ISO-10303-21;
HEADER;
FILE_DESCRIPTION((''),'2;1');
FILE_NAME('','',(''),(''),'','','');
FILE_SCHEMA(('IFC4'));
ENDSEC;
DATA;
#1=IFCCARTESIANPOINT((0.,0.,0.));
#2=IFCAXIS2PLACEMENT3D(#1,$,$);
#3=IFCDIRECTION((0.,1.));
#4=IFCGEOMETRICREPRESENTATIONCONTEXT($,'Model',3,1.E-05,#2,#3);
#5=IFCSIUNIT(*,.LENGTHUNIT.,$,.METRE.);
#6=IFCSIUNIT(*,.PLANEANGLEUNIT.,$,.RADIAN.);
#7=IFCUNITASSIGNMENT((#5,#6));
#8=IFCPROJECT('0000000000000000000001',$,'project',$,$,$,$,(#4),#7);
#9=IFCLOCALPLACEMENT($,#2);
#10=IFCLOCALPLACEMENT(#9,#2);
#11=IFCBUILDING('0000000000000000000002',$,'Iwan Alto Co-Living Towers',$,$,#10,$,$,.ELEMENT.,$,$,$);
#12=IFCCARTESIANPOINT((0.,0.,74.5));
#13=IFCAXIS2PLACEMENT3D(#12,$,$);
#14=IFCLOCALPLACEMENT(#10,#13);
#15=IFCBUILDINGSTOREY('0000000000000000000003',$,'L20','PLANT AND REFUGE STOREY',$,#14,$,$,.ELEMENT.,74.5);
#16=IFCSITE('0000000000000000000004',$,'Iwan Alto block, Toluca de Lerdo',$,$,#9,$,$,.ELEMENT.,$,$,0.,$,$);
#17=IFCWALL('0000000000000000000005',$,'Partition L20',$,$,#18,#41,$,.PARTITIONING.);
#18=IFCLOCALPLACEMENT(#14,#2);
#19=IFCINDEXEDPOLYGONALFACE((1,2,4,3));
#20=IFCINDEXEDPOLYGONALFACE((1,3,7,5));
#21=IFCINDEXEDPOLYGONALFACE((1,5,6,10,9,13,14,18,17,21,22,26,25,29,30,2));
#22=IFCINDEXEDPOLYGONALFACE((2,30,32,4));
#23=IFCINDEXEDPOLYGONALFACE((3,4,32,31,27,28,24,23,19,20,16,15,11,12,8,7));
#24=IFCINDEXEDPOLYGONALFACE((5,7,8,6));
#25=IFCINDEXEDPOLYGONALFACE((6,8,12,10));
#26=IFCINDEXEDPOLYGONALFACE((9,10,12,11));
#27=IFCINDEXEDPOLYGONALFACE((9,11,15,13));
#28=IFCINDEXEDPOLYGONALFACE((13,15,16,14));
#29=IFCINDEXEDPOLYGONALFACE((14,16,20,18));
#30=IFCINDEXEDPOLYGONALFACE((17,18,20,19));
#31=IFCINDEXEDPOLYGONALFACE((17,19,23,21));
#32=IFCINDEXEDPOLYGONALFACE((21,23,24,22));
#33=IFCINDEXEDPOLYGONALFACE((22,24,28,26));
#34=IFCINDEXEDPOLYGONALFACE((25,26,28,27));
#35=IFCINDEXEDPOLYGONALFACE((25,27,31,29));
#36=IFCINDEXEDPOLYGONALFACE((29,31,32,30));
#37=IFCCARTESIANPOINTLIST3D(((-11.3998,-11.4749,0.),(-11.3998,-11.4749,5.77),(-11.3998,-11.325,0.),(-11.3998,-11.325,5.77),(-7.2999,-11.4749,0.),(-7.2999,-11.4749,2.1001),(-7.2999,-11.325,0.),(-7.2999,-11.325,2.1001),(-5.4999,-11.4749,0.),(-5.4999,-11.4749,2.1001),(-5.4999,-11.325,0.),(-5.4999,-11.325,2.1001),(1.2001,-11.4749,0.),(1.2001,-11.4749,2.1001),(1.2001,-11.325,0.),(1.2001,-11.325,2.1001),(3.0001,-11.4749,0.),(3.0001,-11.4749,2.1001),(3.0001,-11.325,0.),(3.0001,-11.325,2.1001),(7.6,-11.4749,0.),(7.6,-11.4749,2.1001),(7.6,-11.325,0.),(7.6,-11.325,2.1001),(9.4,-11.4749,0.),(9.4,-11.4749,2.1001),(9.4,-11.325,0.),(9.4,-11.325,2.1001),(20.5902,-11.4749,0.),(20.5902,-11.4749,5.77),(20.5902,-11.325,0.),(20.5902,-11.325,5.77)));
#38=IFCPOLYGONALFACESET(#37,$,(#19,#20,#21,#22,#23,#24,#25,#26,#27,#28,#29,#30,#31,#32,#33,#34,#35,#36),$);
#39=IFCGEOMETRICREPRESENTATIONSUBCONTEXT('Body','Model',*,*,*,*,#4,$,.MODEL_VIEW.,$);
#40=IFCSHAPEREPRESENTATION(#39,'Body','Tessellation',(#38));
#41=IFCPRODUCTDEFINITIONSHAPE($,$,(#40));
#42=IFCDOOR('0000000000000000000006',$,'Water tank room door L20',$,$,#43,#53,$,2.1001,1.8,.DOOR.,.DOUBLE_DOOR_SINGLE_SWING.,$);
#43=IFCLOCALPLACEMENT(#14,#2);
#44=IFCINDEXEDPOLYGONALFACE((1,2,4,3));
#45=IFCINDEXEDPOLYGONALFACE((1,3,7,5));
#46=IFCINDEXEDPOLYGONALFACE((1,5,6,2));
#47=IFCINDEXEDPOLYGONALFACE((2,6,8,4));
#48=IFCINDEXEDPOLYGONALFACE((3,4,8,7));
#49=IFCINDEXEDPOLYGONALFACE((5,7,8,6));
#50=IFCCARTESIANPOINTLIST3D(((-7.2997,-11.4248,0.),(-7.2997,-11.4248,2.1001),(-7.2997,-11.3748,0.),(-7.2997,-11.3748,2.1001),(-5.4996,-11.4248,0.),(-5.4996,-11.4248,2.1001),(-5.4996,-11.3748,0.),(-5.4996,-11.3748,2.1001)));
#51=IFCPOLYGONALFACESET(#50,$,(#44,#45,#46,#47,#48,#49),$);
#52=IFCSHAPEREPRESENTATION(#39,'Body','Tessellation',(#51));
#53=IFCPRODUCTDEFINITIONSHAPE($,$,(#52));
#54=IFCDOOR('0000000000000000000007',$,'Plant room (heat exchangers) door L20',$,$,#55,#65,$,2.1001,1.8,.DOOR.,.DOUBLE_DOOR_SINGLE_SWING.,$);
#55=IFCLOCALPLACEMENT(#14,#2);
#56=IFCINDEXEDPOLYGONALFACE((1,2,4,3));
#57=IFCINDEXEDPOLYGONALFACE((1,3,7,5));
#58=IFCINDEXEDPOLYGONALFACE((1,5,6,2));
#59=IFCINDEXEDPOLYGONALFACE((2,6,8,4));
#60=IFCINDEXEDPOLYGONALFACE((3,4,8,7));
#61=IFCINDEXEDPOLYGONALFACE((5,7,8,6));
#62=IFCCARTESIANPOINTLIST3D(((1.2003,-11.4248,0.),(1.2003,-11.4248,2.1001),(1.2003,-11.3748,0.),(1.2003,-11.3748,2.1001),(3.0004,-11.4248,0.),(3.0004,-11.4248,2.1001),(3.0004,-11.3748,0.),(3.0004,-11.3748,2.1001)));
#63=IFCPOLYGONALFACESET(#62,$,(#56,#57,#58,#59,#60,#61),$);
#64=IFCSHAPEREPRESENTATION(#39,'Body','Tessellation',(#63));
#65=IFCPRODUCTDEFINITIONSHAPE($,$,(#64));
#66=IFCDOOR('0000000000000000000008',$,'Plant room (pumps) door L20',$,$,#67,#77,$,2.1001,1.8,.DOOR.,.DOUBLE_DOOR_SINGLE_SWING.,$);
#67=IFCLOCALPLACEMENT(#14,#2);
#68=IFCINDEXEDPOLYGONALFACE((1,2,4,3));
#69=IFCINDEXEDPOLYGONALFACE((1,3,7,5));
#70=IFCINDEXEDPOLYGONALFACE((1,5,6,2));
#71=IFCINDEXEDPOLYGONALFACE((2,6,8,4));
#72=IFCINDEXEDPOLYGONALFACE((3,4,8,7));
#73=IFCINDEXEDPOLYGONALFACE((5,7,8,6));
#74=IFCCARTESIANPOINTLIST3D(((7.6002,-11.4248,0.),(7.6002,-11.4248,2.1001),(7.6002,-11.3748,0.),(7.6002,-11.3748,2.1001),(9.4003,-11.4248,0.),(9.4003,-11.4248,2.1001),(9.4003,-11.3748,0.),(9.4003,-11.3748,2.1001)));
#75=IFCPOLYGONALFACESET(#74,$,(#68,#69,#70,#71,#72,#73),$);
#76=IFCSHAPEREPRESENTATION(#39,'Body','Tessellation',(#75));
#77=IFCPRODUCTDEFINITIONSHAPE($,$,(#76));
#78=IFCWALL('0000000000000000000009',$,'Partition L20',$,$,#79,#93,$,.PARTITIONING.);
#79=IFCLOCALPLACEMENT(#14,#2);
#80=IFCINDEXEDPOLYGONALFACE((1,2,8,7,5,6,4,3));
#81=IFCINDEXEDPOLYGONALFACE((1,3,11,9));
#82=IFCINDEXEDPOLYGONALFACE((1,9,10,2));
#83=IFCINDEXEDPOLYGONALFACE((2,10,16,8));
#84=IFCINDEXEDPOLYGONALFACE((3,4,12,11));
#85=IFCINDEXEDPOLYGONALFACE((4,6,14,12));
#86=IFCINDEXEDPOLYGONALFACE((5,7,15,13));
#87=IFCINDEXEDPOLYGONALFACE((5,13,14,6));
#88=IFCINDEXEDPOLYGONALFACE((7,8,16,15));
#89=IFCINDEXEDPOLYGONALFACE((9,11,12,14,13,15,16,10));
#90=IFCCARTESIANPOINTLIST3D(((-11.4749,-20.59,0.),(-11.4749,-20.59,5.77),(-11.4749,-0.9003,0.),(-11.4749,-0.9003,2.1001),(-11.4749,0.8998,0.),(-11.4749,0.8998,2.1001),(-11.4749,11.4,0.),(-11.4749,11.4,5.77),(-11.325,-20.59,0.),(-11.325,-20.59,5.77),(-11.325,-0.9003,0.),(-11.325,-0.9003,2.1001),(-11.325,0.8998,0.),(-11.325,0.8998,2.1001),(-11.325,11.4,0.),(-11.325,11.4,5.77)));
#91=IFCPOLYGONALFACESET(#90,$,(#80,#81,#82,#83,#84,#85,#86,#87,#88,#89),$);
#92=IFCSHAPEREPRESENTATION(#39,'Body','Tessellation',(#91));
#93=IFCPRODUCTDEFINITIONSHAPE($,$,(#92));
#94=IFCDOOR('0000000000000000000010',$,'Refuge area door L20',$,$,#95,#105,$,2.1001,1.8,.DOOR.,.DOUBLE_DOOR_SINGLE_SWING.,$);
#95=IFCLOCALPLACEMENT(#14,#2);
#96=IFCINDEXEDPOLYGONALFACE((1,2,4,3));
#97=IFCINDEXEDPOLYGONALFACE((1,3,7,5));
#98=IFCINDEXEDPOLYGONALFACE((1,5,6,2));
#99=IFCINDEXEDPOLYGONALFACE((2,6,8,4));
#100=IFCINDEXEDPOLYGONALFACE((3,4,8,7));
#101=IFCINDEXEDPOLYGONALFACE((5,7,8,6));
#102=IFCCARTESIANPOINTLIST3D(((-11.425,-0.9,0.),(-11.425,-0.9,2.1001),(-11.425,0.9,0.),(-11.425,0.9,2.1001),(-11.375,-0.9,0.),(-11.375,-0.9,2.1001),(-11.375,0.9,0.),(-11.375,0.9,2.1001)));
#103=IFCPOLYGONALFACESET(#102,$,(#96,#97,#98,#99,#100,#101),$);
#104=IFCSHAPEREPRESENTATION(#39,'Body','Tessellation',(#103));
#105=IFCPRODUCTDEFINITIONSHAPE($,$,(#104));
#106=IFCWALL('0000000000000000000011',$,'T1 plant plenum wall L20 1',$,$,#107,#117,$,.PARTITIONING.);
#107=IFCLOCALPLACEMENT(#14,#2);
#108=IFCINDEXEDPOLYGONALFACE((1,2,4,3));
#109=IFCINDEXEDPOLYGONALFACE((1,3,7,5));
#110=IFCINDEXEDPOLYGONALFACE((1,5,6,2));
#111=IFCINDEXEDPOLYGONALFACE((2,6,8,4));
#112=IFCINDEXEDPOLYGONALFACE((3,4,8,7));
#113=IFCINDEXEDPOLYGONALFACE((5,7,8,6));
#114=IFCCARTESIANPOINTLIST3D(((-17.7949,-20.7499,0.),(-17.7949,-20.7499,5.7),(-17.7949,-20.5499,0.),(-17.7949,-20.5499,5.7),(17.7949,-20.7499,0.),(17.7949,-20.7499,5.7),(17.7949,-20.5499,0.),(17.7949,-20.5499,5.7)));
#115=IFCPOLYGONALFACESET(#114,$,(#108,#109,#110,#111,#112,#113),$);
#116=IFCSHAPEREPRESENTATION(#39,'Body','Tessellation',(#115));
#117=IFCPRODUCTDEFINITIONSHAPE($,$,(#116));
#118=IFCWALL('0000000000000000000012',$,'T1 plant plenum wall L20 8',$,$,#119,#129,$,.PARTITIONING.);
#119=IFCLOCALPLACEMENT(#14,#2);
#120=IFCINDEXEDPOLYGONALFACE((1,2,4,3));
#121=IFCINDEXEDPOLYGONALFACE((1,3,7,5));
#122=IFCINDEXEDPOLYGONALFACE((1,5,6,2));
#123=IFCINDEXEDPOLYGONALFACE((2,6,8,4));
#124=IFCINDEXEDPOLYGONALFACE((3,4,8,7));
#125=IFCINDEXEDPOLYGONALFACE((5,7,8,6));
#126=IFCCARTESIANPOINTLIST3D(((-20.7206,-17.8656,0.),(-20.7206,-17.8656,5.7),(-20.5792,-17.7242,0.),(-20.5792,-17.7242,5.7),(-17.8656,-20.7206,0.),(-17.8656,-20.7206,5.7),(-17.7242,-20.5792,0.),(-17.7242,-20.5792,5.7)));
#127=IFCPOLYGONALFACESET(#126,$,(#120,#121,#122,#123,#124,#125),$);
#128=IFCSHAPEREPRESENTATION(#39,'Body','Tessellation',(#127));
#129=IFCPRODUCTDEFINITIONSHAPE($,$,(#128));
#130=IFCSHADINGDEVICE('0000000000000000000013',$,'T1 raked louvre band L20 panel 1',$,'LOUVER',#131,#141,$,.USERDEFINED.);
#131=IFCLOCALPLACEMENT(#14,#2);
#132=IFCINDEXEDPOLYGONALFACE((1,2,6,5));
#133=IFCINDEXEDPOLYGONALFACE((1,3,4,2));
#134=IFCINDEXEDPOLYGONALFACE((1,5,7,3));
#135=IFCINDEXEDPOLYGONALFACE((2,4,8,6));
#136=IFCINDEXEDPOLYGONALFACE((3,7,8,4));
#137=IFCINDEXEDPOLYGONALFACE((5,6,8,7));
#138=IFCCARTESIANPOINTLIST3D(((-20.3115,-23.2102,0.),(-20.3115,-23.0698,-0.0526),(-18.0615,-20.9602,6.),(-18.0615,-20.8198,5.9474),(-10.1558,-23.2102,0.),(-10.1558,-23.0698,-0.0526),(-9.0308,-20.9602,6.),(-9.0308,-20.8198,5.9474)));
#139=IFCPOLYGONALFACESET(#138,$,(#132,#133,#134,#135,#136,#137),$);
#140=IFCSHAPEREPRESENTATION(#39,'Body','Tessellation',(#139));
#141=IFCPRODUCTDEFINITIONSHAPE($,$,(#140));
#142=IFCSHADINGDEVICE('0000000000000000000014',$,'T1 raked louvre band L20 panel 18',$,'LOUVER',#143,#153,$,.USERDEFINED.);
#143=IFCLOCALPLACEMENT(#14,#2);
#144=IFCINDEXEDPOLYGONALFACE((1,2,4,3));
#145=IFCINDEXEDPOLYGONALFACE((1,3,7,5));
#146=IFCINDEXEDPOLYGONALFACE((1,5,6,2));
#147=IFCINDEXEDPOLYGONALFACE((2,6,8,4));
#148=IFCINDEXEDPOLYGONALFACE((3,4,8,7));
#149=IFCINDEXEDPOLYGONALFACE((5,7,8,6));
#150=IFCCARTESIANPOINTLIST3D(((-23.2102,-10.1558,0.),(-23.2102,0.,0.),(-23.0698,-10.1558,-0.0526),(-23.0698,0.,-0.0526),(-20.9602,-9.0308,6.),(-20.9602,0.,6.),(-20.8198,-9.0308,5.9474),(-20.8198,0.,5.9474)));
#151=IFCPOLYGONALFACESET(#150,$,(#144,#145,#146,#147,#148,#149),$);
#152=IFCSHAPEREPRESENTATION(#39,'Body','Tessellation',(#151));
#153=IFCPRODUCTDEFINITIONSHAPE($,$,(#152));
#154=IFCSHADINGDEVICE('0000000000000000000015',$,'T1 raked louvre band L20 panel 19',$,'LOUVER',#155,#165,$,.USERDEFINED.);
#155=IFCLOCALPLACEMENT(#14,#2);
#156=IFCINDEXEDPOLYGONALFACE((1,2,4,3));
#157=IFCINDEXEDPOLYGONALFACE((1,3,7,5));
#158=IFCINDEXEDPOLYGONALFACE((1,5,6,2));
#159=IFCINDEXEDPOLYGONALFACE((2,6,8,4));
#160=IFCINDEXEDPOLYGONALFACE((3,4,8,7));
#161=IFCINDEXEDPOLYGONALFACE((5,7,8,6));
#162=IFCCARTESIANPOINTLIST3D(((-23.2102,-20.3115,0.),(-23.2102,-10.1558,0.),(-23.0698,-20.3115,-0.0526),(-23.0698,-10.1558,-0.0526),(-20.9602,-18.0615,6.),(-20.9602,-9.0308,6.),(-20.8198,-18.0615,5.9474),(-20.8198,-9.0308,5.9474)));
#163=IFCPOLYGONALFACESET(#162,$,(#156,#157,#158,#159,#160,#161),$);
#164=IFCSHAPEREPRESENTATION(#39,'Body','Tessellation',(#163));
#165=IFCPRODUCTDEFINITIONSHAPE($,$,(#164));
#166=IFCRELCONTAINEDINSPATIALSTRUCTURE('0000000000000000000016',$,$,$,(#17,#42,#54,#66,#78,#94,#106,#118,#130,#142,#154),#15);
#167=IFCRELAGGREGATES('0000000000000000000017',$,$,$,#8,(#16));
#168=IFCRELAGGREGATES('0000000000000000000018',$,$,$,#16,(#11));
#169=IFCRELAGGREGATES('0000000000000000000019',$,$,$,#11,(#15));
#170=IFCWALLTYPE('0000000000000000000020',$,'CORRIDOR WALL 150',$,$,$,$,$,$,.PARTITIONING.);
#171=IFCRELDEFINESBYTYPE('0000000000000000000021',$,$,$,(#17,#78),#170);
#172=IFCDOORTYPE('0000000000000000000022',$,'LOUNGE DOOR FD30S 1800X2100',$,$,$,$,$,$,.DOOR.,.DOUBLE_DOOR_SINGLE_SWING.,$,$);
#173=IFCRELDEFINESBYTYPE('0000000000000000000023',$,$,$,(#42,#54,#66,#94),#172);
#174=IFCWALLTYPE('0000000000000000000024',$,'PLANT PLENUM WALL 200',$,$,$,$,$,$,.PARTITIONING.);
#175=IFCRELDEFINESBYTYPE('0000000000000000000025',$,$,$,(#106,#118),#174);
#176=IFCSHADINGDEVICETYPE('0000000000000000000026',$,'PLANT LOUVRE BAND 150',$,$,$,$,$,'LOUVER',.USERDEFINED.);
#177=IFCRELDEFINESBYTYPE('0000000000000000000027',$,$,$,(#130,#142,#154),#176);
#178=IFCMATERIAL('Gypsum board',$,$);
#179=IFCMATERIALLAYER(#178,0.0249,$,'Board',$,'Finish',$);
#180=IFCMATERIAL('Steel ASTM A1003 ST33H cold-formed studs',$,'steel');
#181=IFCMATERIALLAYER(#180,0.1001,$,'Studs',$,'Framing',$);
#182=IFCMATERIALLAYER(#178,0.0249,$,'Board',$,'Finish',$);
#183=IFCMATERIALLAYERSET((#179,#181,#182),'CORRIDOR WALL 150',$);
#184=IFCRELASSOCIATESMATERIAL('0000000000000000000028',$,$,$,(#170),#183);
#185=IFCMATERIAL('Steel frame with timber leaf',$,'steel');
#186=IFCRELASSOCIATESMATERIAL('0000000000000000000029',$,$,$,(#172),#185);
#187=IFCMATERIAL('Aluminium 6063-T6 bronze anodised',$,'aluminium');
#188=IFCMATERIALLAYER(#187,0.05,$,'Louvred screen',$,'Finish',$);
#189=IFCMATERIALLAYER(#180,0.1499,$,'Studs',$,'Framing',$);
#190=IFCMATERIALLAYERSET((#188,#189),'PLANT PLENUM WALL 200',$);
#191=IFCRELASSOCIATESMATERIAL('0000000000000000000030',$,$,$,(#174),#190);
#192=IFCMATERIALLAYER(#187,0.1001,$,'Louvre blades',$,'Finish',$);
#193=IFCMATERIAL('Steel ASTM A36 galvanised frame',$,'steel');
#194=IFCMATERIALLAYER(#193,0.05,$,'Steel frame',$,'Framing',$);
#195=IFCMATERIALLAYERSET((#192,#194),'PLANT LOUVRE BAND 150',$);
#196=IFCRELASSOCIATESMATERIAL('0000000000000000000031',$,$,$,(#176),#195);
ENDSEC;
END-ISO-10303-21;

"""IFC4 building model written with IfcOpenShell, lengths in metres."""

from ifc_helpers import new_model, si_unit, direction, frame, frame_2d, origin, place, context, subcontext, project, spatial, polyline, rectangle, outline, extrude, material, layer, layer_set, type_object, element, fill, save


model = new_model("IFC4")

# Units and contexts
model_context = context("Model", 3, precision=1e-05, world=origin(), true_north=direction((0.0, 1.0)))
body_context = subcontext(model_context, "Body", "Model", "MODEL_VIEW")
ifc_project = project(units=[si_unit("LENGTHUNIT", "METRE"), si_unit("PLANEANGLEUNIT", "RADIAN")], contexts=[model_context])

# Site, building, storey
site_placement = place(None, origin())
site = spatial("IfcSite", under=ifc_project, at=site_placement, Name="Iwan Alto block, Toluca de Lerdo", CompositionType="ELEMENT", RefElevation=0.0)
building_placement = place(site_placement, origin())
building = spatial("IfcBuilding", under=site, at=building_placement, Name="Iwan Alto Co-Living Towers", CompositionType="ELEMENT")
storey_placement = place(building_placement, frame((0.0, 0.0, 74.5)))
storey = spatial("IfcBuildingStorey", under=building, at=storey_placement, Name="L20", Description="PLANT AND REFUGE STOREY", CompositionType="ELEMENT", Elevation=74.5)

# Wall, openings, doors
ifc_material_1 = material(Name="Gypsum board")
ifc_layer_1 = layer(ifc_material_1, 0.0249, Name="Board", Category="Finish")
ifc_material_2 = material(Name="Steel ASTM A1003 ST33H cold-formed studs", Category="steel")
ifc_layer_2 = layer(ifc_material_2, 0.1001, Name="Studs", Category="Framing")
ifc_layer_3 = layer(ifc_material_1, 0.0249, Name="Board", Category="Finish")
ifc_layer_set_1 = layer_set([ifc_layer_1, ifc_layer_2, ifc_layer_3], Name="CORRIDOR WALL 150")
wall_type_1 = type_object("IfcWallType", Name="CORRIDOR WALL 150", PredefinedType="PARTITIONING", material=ifc_layer_set_1)
wall_1_placement = place(storey_placement, frame((-11.3999, -11.3999, 0.0), z_axis=(0.0, 0.0, 1.0), x_axis=(1.0, 0.0, 0.0)))
wall_1 = element("IfcWall", 1, at=wall_1_placement, inside=storey, type_object=wall_type_1, Name="Partition L20", PredefinedType="PARTITIONING", context=body_context, shape_type="SweptSolid", body=[
    extrude(rectangle(XDim=31.99, YDim=0.1499, at=frame_2d((15.9951, 0.0))), origin(), (0.0, 0.0, 1.0), 5.77),
])
opening_1_placement = place(wall_1_placement, frame((4.1001, 0.0, 0.0)))
opening_1 = element("IfcOpeningElement", 2, at=opening_1_placement, cuts=wall_1, PredefinedType="OPENING", context=body_context, shape_type="SweptSolid", body=[
    extrude(rectangle(XDim=1.8, YDim=2.1001, at=frame_2d((0.8999, 1.05))), frame((0.0, 0.085, 0.0), z_axis=(0.0, -1.0, 0.0), x_axis=(1.0, 0.0, 0.0)), (0.0, 0.0, 1.0), 0.1699),
])
opening_2_placement = place(wall_1_placement, frame((12.6001, 0.0, 0.0)))
opening_2 = element("IfcOpeningElement", 3, at=opening_2_placement, cuts=wall_1, PredefinedType="OPENING", context=body_context, shape_type="SweptSolid", body=[
    extrude(rectangle(XDim=1.8, YDim=2.1001, at=frame_2d((0.8999, 1.05))), frame((0.0, 0.085, 0.0), z_axis=(0.0, -1.0, 0.0), x_axis=(1.0, 0.0, 0.0)), (0.0, 0.0, 1.0), 0.1699),
])
opening_3_placement = place(wall_1_placement, frame((19.0, 0.0, 0.0)))
opening_3 = element("IfcOpeningElement", 4, at=opening_3_placement, cuts=wall_1, PredefinedType="OPENING", context=body_context, shape_type="SweptSolid", body=[
    extrude(rectangle(XDim=1.8, YDim=2.1001, at=frame_2d((0.8999, 1.05))), frame((0.0, 0.085, 0.0), z_axis=(0.0, -1.0, 0.0), x_axis=(1.0, 0.0, 0.0)), (0.0, 0.0, 1.0), 0.1699),
])
ifc_material_3 = material(Name="Steel frame with timber leaf", Category="steel")
door_type = type_object("IfcDoorType", Name="LOUNGE DOOR FD30S 1800X2100", OperationType="DOUBLE_DOOR_SINGLE_SWING", PredefinedType="DOOR", material=ifc_material_3)
door_1_placement = place(opening_1_placement, frame((1.8, 0.0, 0.0), z_axis=(0.0, 0.0, 1.0), x_axis=(-1.0, 0.0, 0.0)))
door_1 = element("IfcDoor", 5, at=door_1_placement, inside=storey, type_object=door_type, Name="Water tank room door L20", OperationType="DOUBLE_DOOR_SINGLE_SWING", OverallHeight=2.1001, OverallWidth=1.8, PredefinedType="DOOR", context=body_context, shape_type="SweptSolid", body=[
    extrude(rectangle(XDim=1.8, YDim=2.1001, at=frame_2d((0.8999, 1.05))), frame((0.0, 0.0249, 0.0), z_axis=(0.0, -1.0, 0.0), x_axis=(1.0, 0.0, 0.0)), (0.0, 0.0, 1.0), 0.05),
])
fill(opening_1, door_1)
door_2_placement = place(opening_2_placement, frame((1.8, 0.0, 0.0), z_axis=(0.0, 0.0, 1.0), x_axis=(-1.0, 0.0, 0.0)))
door_2 = element("IfcDoor", 6, at=door_2_placement, inside=storey, type_object=door_type, Name="Plant room (heat exchangers) door L20", OperationType="DOUBLE_DOOR_SINGLE_SWING", OverallHeight=2.1001, OverallWidth=1.8, PredefinedType="DOOR", context=body_context, shape_type="SweptSolid", body=[
    extrude(rectangle(XDim=1.8, YDim=2.1001, at=frame_2d((0.8999, 1.05))), frame((0.0, 0.0249, 0.0), z_axis=(0.0, -1.0, 0.0), x_axis=(1.0, 0.0, 0.0)), (0.0, 0.0, 1.0), 0.05),
])
fill(opening_2, door_2)
door_3_placement = place(opening_3_placement, frame((1.8, 0.0, 0.0), z_axis=(0.0, 0.0, 1.0), x_axis=(-1.0, 0.0, 0.0)))
door_3 = element("IfcDoor", 7, at=door_3_placement, inside=storey, type_object=door_type, Name="Plant room (pumps) door L20", OperationType="DOUBLE_DOOR_SINGLE_SWING", OverallHeight=2.1001, OverallWidth=1.8, PredefinedType="DOOR", context=body_context, shape_type="SweptSolid", body=[
    extrude(rectangle(XDim=1.8, YDim=2.1001, at=frame_2d((0.8999, 1.05))), frame((0.0, 0.0249, 0.0), z_axis=(0.0, -1.0, 0.0), x_axis=(1.0, 0.0, 0.0)), (0.0, 0.0, 1.0), 0.05),
])
fill(opening_3, door_3)

# Wall, opening, door
wall_2_placement = place(storey_placement, frame((-11.3999, -20.5901, 0.0), z_axis=(0.0, 0.0, 1.0), x_axis=(0.0, 1.0, 0.0)))
wall_2 = element("IfcWall", 8, at=wall_2_placement, inside=storey, type_object=wall_type_1, Name="Partition L20", PredefinedType="PARTITIONING", context=body_context, shape_type="SweptSolid", body=[
    extrude(rectangle(XDim=31.99, YDim=0.1499, at=frame_2d((15.9951, 0.0))), origin(), (0.0, 0.0, 1.0), 5.77),
])
opening_4_placement = place(wall_2_placement, frame((19.6899, 0.0, 0.0)))
opening_4 = element("IfcOpeningElement", 9, at=opening_4_placement, cuts=wall_2, PredefinedType="OPENING", context=body_context, shape_type="SweptSolid", body=[
    extrude(rectangle(XDim=1.8, YDim=2.1001, at=frame_2d((0.8999, 1.05))), frame((0.0, 0.085, 0.0), z_axis=(0.0, -1.0, 0.0), x_axis=(1.0, 0.0, 0.0)), (0.0, 0.0, 1.0), 0.1699),
])
door_4_placement = place(opening_4_placement, frame((1.8, 0.0, 0.0), z_axis=(0.0, 0.0, 1.0), x_axis=(-1.0, 0.0, 0.0)))
door_4 = element("IfcDoor", 10, at=door_4_placement, inside=storey, type_object=door_type, Name="Refuge area door L20", OperationType="DOUBLE_DOOR_SINGLE_SWING", OverallHeight=2.1001, OverallWidth=1.8, PredefinedType="DOOR", context=body_context, shape_type="SweptSolid", body=[
    extrude(rectangle(XDim=1.8, YDim=2.1001, at=frame_2d((0.8999, 1.05))), frame((0.0, 0.0249, 0.0), z_axis=(0.0, -1.0, 0.0), x_axis=(1.0, 0.0, 0.0)), (0.0, 0.0, 1.0), 0.05),
])
fill(opening_4, door_4)

# Walls
ifc_material_4 = material(Name="Aluminium 6063-T6 bronze anodised", Category="aluminium")
ifc_layer_4 = layer(ifc_material_4, 0.05, Name="Louvred screen", Category="Finish")
ifc_layer_5 = layer(ifc_material_2, 0.1499, Name="Studs", Category="Framing")
ifc_layer_set_2 = layer_set([ifc_layer_4, ifc_layer_5], Name="PLANT PLENUM WALL 200")
wall_type_2 = type_object("IfcWallType", Name="PLANT PLENUM WALL 200", PredefinedType="PARTITIONING", material=ifc_layer_set_2)
wall_3_placement = place(storey_placement, frame((-17.7949, -20.6499, 0.0), z_axis=(0.0, 0.0, 1.0), x_axis=(1.0, 0.0, 0.0)))
element("IfcWall", 11, at=wall_3_placement, inside=storey, type_object=wall_type_2, Name="T1 plant plenum wall L20 1", PredefinedType="PARTITIONING", context=body_context, shape_type="SweptSolid", body=[
    extrude(rectangle(XDim=35.5898, YDim=0.2, at=frame_2d((17.7949, 0.0))), origin(), (0.0, 0.0, 1.0), 5.7),
])
wall_4_placement = place(storey_placement, frame((-20.6499, -17.7949, 0.0), z_axis=(0.0, 0.0, 1.0), x_axis=(0.707107, -0.707107, 0.0)))
element("IfcWall", 12, at=wall_4_placement, inside=storey, type_object=wall_type_2, Name="T1 plant plenum wall L20 8", PredefinedType="PARTITIONING", context=body_context, shape_type="SweptSolid", body=[
    extrude(rectangle(XDim=4.0376, YDim=0.2, at=frame_2d((2.0188, 0.0))), origin(), (0.0, 0.0, 1.0), 5.7),
])

# Shading devices
ifc_layer_6 = layer(ifc_material_4, 0.1001, Name="Louvre blades", Category="Finish")
ifc_material_5 = material(Name="Steel ASTM A36 galvanised frame", Category="steel")
ifc_layer_7 = layer(ifc_material_5, 0.05, Name="Steel frame", Category="Framing")
ifc_layer_set_3 = layer_set([ifc_layer_6, ifc_layer_7], Name="PLANT LOUVRE BAND 150")
shading_device_type = type_object("IfcShadingDeviceType", Name="PLANT LOUVRE BAND 150", ElementType="LOUVER", PredefinedType="USERDEFINED", material=ifc_layer_set_3)
shading_device_1_placement = place(storey_placement, frame((-20.3115, -23.2102, 0.0), z_axis=(0.0, -0.936329, 0.351123), x_axis=(1.0, 0.0, 0.0)))
element("IfcShadingDevice", 13, at=shading_device_1_placement, inside=storey, type_object=shading_device_type, Name="T1 raked louvre band L20 panel 1", ObjectType="LOUVER", PredefinedType="USERDEFINED", context=body_context, shape_type="SweptSolid", body=[
    extrude(outline(polyline([(0.0, 0.0), (10.1558, 0.0), (11.2808, 6.408), (2.25, 6.408), (0.0, 0.0)])), origin(), (0.0, 0.0, -1.0), 0.1499),
])
shading_device_2_placement = place(storey_placement, frame((-23.2102, 0.0, 0.0), z_axis=(-0.936329, 0.0, 0.351123), x_axis=(0.0, -1.0, 0.0)))
element("IfcShadingDevice", 14, at=shading_device_2_placement, inside=storey, type_object=shading_device_type, Name="T1 raked louvre band L20 panel 18", ObjectType="LOUVER", PredefinedType="USERDEFINED", context=body_context, shape_type="SweptSolid", body=[
    extrude(outline(polyline([(0.0, 0.0), (10.1558, 0.0), (9.0308, 6.408), (0.0, 6.408), (0.0, 0.0)])), origin(), (0.0, 0.0, -1.0), 0.1499),
])
shading_device_3_placement = place(storey_placement, frame((-23.2102, -10.1558, 0.0), z_axis=(-0.936329, 0.0, 0.351123), x_axis=(0.0, -1.0, 0.0)))
element("IfcShadingDevice", 15, at=shading_device_3_placement, inside=storey, type_object=shading_device_type, Name="T1 raked louvre band L20 panel 19", ObjectType="LOUVER", PredefinedType="USERDEFINED", context=body_context, shape_type="SweptSolid", body=[
    extrude(outline(polyline([(0.0, 0.0), (10.1558, 0.0), (7.9058, 6.408), (-1.125, 6.408), (0.0, 0.0)])), origin(), (0.0, 0.0, -1.0), 0.1499),
])

save(model, "model.ifc")
